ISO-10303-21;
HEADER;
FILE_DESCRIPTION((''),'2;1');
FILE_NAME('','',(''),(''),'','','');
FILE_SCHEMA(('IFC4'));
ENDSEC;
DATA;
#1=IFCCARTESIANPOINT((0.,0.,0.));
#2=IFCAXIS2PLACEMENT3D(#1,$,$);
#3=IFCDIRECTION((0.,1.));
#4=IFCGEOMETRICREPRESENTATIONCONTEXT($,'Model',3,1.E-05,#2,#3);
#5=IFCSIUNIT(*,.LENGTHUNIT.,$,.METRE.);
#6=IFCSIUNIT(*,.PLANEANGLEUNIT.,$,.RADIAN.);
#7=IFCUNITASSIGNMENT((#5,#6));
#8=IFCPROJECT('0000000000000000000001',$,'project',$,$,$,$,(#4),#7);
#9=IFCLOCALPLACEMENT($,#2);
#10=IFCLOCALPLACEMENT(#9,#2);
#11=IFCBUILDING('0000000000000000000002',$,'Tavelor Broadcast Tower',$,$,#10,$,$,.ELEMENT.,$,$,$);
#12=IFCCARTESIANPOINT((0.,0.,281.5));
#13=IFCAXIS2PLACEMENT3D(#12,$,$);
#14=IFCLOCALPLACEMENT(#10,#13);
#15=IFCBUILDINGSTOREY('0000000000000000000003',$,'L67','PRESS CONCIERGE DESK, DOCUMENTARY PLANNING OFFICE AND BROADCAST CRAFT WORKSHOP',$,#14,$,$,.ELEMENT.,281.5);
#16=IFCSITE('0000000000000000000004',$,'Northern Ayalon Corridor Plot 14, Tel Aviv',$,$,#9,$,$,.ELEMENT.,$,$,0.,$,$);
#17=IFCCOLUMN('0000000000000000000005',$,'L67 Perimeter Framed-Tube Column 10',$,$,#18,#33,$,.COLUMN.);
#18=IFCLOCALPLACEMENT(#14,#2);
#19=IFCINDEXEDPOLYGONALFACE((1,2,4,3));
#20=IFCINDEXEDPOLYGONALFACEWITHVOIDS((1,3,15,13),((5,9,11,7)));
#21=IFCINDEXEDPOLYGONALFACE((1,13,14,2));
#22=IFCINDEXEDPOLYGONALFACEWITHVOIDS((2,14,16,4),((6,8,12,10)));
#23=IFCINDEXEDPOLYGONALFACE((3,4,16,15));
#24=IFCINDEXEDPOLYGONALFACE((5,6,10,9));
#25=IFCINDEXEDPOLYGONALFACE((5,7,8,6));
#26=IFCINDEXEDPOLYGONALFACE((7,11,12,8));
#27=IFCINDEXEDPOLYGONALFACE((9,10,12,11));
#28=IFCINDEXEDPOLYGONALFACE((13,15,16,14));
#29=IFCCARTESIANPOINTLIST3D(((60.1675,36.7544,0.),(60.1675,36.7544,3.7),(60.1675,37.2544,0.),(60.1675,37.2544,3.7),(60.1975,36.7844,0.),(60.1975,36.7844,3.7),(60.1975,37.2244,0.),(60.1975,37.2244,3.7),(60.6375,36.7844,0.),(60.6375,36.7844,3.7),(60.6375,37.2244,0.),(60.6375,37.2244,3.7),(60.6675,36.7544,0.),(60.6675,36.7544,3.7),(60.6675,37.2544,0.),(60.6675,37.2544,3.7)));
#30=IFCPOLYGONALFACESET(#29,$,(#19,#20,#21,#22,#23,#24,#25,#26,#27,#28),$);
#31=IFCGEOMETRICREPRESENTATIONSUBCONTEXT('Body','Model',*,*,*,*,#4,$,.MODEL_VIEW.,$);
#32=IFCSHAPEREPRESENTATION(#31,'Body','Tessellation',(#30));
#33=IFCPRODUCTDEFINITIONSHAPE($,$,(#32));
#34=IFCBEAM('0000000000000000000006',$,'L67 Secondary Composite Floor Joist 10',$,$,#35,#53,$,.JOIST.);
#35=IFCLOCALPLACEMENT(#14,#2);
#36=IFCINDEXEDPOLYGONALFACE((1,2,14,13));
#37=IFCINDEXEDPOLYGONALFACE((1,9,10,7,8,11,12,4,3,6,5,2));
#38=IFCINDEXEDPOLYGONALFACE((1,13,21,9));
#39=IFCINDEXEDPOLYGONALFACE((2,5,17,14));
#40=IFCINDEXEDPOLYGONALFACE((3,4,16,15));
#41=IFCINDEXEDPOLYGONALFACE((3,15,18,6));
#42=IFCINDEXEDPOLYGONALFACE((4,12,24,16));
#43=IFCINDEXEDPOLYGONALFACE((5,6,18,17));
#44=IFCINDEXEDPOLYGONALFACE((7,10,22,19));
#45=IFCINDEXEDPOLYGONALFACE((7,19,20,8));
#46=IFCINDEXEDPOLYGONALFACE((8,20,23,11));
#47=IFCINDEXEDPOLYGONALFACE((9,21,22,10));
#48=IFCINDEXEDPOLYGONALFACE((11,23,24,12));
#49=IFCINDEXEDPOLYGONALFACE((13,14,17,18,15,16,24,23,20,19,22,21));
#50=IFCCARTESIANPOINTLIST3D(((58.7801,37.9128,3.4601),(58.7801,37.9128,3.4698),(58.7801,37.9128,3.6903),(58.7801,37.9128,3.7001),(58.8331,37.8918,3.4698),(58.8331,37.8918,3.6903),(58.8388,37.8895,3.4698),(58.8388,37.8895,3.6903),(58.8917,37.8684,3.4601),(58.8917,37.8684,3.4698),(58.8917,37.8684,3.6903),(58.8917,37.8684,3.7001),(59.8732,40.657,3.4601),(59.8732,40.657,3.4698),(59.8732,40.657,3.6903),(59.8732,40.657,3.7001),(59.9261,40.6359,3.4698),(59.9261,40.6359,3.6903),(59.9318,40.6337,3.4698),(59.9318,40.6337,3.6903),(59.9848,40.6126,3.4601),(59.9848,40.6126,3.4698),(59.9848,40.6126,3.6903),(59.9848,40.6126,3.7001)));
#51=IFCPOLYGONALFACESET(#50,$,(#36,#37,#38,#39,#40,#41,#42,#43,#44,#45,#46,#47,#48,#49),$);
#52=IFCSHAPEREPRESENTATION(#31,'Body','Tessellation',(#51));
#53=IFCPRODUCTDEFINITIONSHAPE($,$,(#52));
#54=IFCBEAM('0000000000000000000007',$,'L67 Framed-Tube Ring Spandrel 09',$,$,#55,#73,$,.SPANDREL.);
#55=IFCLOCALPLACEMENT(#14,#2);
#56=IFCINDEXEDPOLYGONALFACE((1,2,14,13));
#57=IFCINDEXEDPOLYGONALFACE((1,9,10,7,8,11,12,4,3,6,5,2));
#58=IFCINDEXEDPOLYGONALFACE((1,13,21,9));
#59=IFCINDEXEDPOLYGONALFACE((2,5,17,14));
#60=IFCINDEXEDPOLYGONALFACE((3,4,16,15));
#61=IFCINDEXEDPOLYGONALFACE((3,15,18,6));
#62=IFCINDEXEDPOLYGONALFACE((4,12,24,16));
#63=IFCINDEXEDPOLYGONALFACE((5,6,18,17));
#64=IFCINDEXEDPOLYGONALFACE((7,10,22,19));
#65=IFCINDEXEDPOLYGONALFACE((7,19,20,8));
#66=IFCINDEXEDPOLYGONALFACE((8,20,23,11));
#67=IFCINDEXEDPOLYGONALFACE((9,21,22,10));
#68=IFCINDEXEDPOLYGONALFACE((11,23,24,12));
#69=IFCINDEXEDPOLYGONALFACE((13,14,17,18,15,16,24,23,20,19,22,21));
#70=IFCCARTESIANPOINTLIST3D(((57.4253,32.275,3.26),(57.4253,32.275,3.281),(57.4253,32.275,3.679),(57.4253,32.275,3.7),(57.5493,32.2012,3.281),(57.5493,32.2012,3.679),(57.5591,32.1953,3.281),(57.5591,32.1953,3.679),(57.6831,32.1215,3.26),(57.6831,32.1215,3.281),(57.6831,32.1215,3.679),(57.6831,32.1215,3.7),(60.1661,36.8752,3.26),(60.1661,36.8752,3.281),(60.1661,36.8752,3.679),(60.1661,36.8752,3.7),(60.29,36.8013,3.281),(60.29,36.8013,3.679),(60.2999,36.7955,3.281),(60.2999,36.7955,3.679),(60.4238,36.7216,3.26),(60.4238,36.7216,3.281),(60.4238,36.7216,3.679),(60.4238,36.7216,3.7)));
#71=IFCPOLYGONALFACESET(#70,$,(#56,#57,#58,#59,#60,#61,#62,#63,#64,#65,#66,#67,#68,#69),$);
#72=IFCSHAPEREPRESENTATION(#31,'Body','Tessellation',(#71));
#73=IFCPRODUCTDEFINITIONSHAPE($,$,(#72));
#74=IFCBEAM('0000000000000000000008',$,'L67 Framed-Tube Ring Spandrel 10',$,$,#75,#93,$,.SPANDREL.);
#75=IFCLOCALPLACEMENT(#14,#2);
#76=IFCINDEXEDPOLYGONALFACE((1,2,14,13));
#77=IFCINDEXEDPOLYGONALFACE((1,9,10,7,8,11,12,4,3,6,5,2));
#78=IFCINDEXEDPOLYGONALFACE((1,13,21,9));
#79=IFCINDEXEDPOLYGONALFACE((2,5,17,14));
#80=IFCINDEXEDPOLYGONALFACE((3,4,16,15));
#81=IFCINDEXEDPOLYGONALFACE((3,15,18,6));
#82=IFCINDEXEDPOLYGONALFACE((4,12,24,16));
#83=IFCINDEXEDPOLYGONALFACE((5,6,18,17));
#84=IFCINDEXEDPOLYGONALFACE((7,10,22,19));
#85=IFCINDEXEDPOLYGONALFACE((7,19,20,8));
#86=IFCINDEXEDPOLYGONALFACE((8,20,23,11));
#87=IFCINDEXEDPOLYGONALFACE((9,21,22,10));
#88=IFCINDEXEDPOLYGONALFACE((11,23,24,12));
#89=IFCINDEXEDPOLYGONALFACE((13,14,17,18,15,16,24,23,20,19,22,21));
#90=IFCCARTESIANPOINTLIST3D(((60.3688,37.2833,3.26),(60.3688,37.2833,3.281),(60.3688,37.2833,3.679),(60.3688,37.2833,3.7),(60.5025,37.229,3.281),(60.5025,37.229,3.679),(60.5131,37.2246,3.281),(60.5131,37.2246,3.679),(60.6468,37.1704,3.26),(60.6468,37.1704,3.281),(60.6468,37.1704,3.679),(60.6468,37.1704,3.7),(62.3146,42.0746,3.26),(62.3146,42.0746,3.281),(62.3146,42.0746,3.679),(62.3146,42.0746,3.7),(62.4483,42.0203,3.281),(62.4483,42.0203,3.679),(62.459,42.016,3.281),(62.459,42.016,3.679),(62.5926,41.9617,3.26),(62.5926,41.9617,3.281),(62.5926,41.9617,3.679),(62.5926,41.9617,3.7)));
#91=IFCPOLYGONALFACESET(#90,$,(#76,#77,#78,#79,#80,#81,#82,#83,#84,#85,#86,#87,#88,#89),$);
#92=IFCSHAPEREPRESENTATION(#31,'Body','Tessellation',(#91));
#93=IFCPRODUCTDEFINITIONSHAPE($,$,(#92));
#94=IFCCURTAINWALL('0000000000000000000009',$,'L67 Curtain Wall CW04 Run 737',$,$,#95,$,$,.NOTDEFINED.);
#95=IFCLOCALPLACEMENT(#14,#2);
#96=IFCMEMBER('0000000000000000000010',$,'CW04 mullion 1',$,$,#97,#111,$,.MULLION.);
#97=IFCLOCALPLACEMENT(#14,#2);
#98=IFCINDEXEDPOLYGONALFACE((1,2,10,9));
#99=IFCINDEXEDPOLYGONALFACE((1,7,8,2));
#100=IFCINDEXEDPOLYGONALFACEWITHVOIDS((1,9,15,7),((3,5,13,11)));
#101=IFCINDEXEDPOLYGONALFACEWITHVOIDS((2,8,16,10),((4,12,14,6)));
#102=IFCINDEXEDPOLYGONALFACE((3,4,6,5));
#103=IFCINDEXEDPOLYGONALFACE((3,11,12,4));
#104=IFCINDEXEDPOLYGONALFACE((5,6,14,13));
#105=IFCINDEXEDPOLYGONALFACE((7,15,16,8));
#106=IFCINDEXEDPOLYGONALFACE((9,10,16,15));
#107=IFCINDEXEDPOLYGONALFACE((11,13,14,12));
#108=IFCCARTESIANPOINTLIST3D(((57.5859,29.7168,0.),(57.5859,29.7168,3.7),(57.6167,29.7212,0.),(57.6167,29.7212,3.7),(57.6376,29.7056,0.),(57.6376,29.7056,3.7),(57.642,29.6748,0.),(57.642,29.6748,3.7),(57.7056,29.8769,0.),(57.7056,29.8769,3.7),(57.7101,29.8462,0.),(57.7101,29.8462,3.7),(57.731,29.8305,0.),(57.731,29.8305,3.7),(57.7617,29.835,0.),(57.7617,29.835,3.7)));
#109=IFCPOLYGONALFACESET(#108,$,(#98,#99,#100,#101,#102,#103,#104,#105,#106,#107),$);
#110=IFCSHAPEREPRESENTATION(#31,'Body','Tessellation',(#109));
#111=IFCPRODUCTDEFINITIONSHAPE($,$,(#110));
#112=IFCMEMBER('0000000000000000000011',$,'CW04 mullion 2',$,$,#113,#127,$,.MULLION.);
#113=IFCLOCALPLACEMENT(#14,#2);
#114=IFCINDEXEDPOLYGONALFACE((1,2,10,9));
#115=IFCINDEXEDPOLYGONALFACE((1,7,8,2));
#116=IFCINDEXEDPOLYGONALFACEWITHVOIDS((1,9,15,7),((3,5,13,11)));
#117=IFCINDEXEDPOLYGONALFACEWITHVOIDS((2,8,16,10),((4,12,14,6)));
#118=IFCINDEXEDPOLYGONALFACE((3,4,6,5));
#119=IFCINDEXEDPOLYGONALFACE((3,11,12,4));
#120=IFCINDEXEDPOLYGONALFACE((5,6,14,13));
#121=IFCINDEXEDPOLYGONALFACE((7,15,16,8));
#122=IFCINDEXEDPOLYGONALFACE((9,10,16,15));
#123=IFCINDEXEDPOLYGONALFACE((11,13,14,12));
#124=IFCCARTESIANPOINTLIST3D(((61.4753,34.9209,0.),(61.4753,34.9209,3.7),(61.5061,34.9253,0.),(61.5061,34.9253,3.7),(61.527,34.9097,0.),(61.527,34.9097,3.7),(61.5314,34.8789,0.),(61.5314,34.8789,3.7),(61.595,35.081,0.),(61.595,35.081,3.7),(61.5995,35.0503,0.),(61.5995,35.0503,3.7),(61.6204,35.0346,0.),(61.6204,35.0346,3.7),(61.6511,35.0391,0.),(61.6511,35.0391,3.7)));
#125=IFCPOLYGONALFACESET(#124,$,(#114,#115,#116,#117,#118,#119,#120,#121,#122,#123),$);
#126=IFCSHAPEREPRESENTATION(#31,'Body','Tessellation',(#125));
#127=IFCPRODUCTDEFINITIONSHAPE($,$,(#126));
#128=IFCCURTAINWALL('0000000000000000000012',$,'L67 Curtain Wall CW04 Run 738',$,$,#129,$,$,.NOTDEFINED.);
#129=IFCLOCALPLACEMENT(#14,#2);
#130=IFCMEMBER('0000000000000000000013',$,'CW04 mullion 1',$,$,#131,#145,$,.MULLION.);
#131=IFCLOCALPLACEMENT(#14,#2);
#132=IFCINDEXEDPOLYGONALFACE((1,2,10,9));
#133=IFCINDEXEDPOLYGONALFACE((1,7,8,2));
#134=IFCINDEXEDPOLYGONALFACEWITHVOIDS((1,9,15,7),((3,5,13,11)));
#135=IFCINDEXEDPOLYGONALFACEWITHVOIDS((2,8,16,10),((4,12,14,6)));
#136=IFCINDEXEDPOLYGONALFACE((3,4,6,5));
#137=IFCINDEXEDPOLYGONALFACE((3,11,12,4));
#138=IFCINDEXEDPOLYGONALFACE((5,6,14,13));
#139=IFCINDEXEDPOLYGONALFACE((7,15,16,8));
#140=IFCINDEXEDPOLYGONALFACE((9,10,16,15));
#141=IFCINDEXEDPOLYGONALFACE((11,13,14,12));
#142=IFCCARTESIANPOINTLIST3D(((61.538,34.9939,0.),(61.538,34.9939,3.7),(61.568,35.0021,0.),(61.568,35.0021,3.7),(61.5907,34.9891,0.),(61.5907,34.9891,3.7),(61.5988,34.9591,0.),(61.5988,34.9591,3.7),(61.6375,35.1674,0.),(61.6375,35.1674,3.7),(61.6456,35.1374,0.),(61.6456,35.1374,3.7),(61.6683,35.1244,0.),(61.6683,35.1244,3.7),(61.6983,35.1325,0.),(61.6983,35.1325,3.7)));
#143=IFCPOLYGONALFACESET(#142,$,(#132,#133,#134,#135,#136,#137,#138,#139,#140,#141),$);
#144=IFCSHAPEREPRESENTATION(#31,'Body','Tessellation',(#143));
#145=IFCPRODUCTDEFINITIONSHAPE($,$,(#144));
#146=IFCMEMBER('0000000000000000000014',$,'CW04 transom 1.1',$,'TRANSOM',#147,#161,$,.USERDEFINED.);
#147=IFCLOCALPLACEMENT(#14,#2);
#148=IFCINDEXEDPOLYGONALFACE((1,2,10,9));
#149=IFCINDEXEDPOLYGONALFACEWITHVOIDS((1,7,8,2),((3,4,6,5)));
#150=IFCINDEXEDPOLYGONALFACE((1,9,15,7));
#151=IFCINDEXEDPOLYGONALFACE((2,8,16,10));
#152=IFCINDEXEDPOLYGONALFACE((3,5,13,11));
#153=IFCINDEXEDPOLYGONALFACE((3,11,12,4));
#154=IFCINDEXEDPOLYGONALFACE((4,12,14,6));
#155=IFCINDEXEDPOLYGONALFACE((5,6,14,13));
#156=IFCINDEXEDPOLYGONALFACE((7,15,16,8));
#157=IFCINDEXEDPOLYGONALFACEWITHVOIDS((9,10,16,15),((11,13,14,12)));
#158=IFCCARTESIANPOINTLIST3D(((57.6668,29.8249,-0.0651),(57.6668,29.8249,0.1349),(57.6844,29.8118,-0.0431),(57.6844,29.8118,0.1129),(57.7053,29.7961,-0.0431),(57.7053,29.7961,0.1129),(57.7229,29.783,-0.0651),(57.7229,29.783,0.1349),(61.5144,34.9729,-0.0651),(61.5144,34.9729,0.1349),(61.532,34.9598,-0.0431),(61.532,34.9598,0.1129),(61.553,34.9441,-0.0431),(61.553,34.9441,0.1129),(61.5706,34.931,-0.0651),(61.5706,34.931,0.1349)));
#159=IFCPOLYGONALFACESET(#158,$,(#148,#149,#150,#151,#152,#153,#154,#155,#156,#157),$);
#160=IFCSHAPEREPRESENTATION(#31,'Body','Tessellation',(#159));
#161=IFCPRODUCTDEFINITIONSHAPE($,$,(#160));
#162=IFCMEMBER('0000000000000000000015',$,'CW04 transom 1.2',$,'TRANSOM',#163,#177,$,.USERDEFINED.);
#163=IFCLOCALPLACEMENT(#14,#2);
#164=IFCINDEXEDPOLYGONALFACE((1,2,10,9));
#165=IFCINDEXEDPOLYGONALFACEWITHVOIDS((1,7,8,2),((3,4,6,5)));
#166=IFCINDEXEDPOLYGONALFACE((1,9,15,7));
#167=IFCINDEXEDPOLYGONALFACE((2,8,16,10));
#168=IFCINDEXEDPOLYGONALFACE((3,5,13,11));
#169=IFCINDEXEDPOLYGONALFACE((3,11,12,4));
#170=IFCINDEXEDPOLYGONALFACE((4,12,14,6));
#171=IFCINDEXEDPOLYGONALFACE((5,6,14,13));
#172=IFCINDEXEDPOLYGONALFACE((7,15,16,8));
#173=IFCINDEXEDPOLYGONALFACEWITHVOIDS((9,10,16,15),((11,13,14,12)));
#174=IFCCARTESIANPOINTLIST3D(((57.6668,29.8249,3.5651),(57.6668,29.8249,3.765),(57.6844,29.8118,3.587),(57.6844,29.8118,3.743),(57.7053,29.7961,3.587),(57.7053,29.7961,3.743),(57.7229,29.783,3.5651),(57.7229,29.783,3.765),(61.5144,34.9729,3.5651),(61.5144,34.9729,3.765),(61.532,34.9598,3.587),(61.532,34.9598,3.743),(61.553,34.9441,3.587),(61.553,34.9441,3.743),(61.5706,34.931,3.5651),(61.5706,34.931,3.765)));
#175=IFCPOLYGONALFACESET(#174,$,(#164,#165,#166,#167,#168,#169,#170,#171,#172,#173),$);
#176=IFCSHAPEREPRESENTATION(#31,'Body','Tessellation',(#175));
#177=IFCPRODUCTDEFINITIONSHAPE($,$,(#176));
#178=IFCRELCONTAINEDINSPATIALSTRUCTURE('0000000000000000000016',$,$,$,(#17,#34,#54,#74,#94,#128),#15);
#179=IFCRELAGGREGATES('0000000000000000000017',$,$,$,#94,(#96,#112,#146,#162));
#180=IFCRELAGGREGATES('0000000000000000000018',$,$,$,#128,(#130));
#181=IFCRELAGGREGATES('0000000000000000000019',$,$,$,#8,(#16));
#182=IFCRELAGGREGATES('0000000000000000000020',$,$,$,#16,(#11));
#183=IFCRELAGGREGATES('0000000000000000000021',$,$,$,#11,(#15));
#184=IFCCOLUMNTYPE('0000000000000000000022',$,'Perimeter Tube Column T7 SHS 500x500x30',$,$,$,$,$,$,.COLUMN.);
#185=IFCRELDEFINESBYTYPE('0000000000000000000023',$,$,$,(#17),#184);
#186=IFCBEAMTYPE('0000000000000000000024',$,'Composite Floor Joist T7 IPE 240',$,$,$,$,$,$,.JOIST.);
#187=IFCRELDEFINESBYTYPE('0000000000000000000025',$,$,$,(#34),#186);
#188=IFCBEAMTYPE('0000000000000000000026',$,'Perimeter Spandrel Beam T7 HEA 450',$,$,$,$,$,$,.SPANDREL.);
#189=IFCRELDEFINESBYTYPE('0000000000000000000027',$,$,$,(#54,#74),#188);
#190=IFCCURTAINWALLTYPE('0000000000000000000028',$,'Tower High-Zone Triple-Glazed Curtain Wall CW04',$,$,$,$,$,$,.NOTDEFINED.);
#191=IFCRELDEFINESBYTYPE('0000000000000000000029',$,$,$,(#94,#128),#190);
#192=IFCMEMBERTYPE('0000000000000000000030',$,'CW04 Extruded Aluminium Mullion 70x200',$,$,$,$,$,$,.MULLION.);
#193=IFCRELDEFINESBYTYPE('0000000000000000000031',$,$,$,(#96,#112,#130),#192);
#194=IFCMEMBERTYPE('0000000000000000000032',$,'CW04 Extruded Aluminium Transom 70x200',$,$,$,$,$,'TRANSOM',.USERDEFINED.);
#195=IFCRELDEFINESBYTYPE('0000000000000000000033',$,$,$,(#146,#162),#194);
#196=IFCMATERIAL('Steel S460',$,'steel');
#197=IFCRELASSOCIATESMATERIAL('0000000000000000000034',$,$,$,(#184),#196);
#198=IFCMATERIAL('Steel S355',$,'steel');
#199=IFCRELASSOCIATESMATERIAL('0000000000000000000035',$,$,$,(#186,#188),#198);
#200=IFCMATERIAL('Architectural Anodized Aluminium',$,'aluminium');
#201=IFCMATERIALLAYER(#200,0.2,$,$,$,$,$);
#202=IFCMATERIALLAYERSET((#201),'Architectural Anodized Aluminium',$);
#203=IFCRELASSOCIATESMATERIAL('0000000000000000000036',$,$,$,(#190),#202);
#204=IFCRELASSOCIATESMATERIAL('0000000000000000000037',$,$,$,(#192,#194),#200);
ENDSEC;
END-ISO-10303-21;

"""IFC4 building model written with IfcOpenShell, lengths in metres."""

from ifc_helpers import new_model, si_unit, direction, frame, origin, origin_2d, place, context, subcontext, project, spatial, hollow_rectangle, i_section, extrude, source, transform, mapped, material, layer, layer_set, material_profile, profile_set, type_object, type_shapes, element, aggregate, save


model = new_model("IFC4")

# Units and contexts
model_context = context("Model", 3, precision=1e-05, world=origin(), true_north=direction((0.0, 1.0)))
body_context = subcontext(model_context, "Body", "Model", "MODEL_VIEW")
ifc_project = project(units=[si_unit("LENGTHUNIT", "METRE"), si_unit("PLANEANGLEUNIT", "RADIAN")], contexts=[model_context])

# Site, building, storey
site_placement = place(None, origin())
site = spatial("IfcSite", under=ifc_project, at=site_placement, Name="Northern Ayalon Corridor Plot 14, Tel Aviv", CompositionType="ELEMENT", RefElevation=0.0)
building_placement = place(site_placement, origin())
building = spatial("IfcBuilding", under=site, at=building_placement, Name="Tavelor Broadcast Tower", CompositionType="ELEMENT")
storey_placement = place(building_placement, frame((0.0, 0.0, 281.5)))
storey = spatial("IfcBuildingStorey", under=building, at=storey_placement, Name="L67", Description="PRESS CONCIERGE DESK, DOCUMENTARY PLANNING OFFICE AND BROADCAST CRAFT WORKSHOP", CompositionType="ELEMENT", Elevation=281.5)

# Column
ifc_material_1 = material(Name="Steel S460", Category="steel")
ifc_material_profile_1 = material_profile(ifc_material_1, hollow_rectangle(XDim=0.5, YDim=0.5, WallThickness=0.03, at=origin_2d()), Name="SHS 500x500x30")
ifc_profile_set_1 = profile_set([ifc_material_profile_1], Name="Steel S460")
column_type = type_object("IfcColumnType", Name="Perimeter Tube Column T7 SHS 500x500x30", PredefinedType="COLUMN", material=ifc_profile_set_1)
column_placement = place(storey_placement, frame((60.4175, 37.0044, 0.0), z_axis=(0.0, 0.0, 1.0), x_axis=(1.0, 0.0, 0.0)))
element("IfcColumn", 1, at=column_placement, inside=storey, type_object=column_type, Name="L67 Perimeter Framed-Tube Column 10", PredefinedType="COLUMN", context=body_context, shape_type="SweptSolid", body=[
    extrude(hollow_rectangle(XDim=0.5, YDim=0.5, WallThickness=0.03, at=origin_2d()), origin(), (0.0, 0.0, 1.0), 3.7),
])

# Beams
ifc_material_2 = material(Name="Steel S355", Category="steel")
ifc_material_profile_2 = material_profile(ifc_material_2, i_section(OverallWidth=0.1201, OverallDepth=0.24, WebThickness=0.0061, FlangeThickness=0.0098, at=origin_2d()), Name="IPE 240")
ifc_profile_set_2 = profile_set([ifc_material_profile_2], Name="Steel S355")
beam_type_1 = type_object("IfcBeamType", Name="Composite Floor Joist T7 IPE 240", PredefinedType="JOIST", material=ifc_profile_set_2)
beam_1_placement = place(storey_placement, frame((58.8359, 37.8906, 3.5801), z_axis=(0.370036, 0.929017, 0.0), x_axis=(-0.929017, 0.370036, 0.0)))
element("IfcBeam", 2, at=beam_1_placement, inside=storey, type_object=beam_type_1, Name="L67 Secondary Composite Floor Joist 10", PredefinedType="JOIST", context=body_context, shape_type="SweptSolid", body=[
    extrude(i_section(OverallWidth=0.1201, OverallDepth=0.24, WebThickness=0.0061, FlangeThickness=0.0098, at=origin_2d()), origin(), (0.0, 0.0, 1.0), 2.9539),
])
ifc_material_profile_3 = material_profile(ifc_material_2, i_section(OverallWidth=0.3, OverallDepth=0.4399, WebThickness=0.0115, FlangeThickness=0.021, at=origin_2d()), Name="HEA 450")
ifc_profile_set_3 = profile_set([ifc_material_profile_3], Name="Steel S355")
beam_type_2 = type_object("IfcBeamType", Name="Perimeter Spandrel Beam T7 HEA 450", PredefinedType="SPANDREL", material=ifc_profile_set_3)
beam_2_placement = place(storey_placement, frame((57.5542, 32.1982, 3.48), z_axis=(0.511838, 0.859082, 0.0), x_axis=(-0.859082, 0.511838, 0.0)))
element("IfcBeam", 3, at=beam_2_placement, inside=storey, type_object=beam_type_2, Name="L67 Framed-Tube Ring Spandrel 09", PredefinedType="SPANDREL", context=body_context, shape_type="SweptSolid", body=[
    extrude(i_section(OverallWidth=0.3, OverallDepth=0.4399, WebThickness=0.0115, FlangeThickness=0.021, at=origin_2d()), origin(), (0.0, 0.0, 1.0), 5.3547),
])
beam_3_placement = place(storey_placement, frame((60.5078, 37.2268, 3.48), z_axis=(0.376269, 0.92651, 0.0), x_axis=(-0.92651, 0.376269, 0.0)))
element("IfcBeam", 4, at=beam_3_placement, inside=storey, type_object=beam_type_2, Name="L67 Framed-Tube Ring Spandrel 10", PredefinedType="SPANDREL", context=body_context, shape_type="SweptSolid", body=[
    extrude(i_section(OverallWidth=0.3, OverallDepth=0.4399, WebThickness=0.0115, FlangeThickness=0.021, at=origin_2d()), origin(), (0.0, 0.0, 1.0), 5.1714),
])

# Curtain wall, members
ifc_material_3 = material(Name="Architectural Anodized Aluminium", Category="aluminium")
ifc_layer_1 = layer(ifc_material_3, 0.2)
ifc_layer_set_1 = layer_set([ifc_layer_1], Name="Architectural Anodized Aluminium")
curtain_wall_type = type_object("IfcCurtainWallType", Name="Tower High-Zone Triple-Glazed Curtain Wall CW04", PredefinedType="NOTDEFINED", material=ifc_layer_set_1)
curtain_wall_1_placement = place(storey_placement, origin())
curtain_wall_1 = element("IfcCurtainWall", 5, at=curtain_wall_1_placement, inside=storey, type_object=curtain_wall_type, Name="L67 Curtain Wall CW04 Run 737", PredefinedType="NOTDEFINED")
ifc_material_profile_4 = material_profile(ifc_material_3, hollow_rectangle(XDim=0.0701, YDim=0.2, WallThickness=0.022, at=origin_2d()), Name="RHS 70x200x22")
ifc_profile_set_4 = profile_set([ifc_material_profile_4], Name="Architectural Anodized Aluminium")
member_type_1 = type_object("IfcMemberType", Name="CW04 Extruded Aluminium Mullion 70x200", PredefinedType="MULLION", material=ifc_profile_set_4)
shared_shape_1 = source(origin(), body_context, "Body", "SweptSolid", [
    extrude(hollow_rectangle(XDim=0.0701, YDim=0.2, WallThickness=0.022, at=origin_2d()), origin(), (0.0, 0.0, 1.0), 3.7),
])
type_shapes(member_type_1, [shared_shape_1])
member_1_placement = place(storey_placement, frame((57.6738, 29.7759, 0.0), z_axis=(0.0, 0.0, 1.0), x_axis=(-0.800998, 0.598666, 0.0)))
member_1 = element("IfcMember", 6, at=member_1_placement, type_object=member_type_1, Name="CW04 mullion 1", PredefinedType="MULLION", context=body_context, shape_type="MappedRepresentation", body=[
    mapped(shared_shape_1, transform((0.0, 0.0, 0.0), scale=1.0)),
])
member_2_placement = place(storey_placement, frame((61.5632, 34.98, 0.0), z_axis=(0.0, 0.0, 1.0), x_axis=(-0.800998, 0.598666, 0.0)))
member_2 = element("IfcMember", 7, at=member_2_placement, type_object=member_type_1, Name="CW04 mullion 2", PredefinedType="MULLION", context=body_context, shape_type="MappedRepresentation", body=[
    mapped(shared_shape_1, transform((0.0, 0.0, 0.0), scale=1.0)),
])

# Curtain wall, member
curtain_wall_2_placement = place(storey_placement, origin())
curtain_wall_2 = element("IfcCurtainWall", 8, at=curtain_wall_2_placement, inside=storey, type_object=curtain_wall_type, Name="L67 Curtain Wall CW04 Run 738", PredefinedType="NOTDEFINED")
member_3_placement = place(storey_placement, frame((61.6182, 35.0632, 0.0), z_axis=(0.0, 0.0, 1.0), x_axis=(-0.867543, 0.497363, 0.0)))
member_3 = element("IfcMember", 9, at=member_3_placement, type_object=member_type_1, Name="CW04 mullion 1", PredefinedType="MULLION", context=body_context, shape_type="MappedRepresentation", body=[
    mapped(shared_shape_1, transform((0.0, 0.0, 0.0), scale=1.0)),
])

# Members
ifc_material_profile_5 = material_profile(ifc_material_3, hollow_rectangle(XDim=0.0701, YDim=0.2, WallThickness=0.022, at=origin_2d()), Name="RHS 70x200x22")
ifc_profile_set_5 = profile_set([ifc_material_profile_5], Name="Architectural Anodized Aluminium")
member_type_2 = type_object("IfcMemberType", Name="CW04 Extruded Aluminium Transom 70x200", ElementType="TRANSOM", PredefinedType="USERDEFINED", material=ifc_profile_set_5)
shared_shape_2 = source(origin(), body_context, "Body", "SweptSolid", [
    extrude(hollow_rectangle(XDim=0.0701, YDim=0.2, WallThickness=0.022, at=origin_2d()), origin(), (0.0, 0.0, 1.0), 6.427),
])
member_4_placement = place(storey_placement, frame((57.6948, 29.804, 0.0349), z_axis=(0.598674, 0.800993, 0.0), x_axis=(-0.800993, 0.598674, 0.0)))
member_4 = element("IfcMember", 10, at=member_4_placement, type_object=member_type_2, Name="CW04 transom 1.1", ObjectType="TRANSOM", PredefinedType="USERDEFINED", context=body_context, shape_type="MappedRepresentation", body=[
    mapped(shared_shape_2, transform((0.0, 0.0, 0.0), scale=1.0)),
])
member_5_placement = place(storey_placement, frame((57.6948, 29.804, 3.665), z_axis=(0.598674, 0.800993, 0.0), x_axis=(-0.800993, 0.598674, 0.0)))
member_5 = element("IfcMember", 11, at=member_5_placement, type_object=member_type_2, Name="CW04 transom 1.2", ObjectType="TRANSOM", PredefinedType="USERDEFINED", context=body_context, shape_type="MappedRepresentation", body=[
    mapped(shared_shape_2, transform((0.0, 0.0, 0.0), scale=1.0)),
])

aggregate(curtain_wall_1, [member_1, member_2, member_4, member_5])
aggregate(curtain_wall_2, [member_3])

save(model, "model.ifc")
